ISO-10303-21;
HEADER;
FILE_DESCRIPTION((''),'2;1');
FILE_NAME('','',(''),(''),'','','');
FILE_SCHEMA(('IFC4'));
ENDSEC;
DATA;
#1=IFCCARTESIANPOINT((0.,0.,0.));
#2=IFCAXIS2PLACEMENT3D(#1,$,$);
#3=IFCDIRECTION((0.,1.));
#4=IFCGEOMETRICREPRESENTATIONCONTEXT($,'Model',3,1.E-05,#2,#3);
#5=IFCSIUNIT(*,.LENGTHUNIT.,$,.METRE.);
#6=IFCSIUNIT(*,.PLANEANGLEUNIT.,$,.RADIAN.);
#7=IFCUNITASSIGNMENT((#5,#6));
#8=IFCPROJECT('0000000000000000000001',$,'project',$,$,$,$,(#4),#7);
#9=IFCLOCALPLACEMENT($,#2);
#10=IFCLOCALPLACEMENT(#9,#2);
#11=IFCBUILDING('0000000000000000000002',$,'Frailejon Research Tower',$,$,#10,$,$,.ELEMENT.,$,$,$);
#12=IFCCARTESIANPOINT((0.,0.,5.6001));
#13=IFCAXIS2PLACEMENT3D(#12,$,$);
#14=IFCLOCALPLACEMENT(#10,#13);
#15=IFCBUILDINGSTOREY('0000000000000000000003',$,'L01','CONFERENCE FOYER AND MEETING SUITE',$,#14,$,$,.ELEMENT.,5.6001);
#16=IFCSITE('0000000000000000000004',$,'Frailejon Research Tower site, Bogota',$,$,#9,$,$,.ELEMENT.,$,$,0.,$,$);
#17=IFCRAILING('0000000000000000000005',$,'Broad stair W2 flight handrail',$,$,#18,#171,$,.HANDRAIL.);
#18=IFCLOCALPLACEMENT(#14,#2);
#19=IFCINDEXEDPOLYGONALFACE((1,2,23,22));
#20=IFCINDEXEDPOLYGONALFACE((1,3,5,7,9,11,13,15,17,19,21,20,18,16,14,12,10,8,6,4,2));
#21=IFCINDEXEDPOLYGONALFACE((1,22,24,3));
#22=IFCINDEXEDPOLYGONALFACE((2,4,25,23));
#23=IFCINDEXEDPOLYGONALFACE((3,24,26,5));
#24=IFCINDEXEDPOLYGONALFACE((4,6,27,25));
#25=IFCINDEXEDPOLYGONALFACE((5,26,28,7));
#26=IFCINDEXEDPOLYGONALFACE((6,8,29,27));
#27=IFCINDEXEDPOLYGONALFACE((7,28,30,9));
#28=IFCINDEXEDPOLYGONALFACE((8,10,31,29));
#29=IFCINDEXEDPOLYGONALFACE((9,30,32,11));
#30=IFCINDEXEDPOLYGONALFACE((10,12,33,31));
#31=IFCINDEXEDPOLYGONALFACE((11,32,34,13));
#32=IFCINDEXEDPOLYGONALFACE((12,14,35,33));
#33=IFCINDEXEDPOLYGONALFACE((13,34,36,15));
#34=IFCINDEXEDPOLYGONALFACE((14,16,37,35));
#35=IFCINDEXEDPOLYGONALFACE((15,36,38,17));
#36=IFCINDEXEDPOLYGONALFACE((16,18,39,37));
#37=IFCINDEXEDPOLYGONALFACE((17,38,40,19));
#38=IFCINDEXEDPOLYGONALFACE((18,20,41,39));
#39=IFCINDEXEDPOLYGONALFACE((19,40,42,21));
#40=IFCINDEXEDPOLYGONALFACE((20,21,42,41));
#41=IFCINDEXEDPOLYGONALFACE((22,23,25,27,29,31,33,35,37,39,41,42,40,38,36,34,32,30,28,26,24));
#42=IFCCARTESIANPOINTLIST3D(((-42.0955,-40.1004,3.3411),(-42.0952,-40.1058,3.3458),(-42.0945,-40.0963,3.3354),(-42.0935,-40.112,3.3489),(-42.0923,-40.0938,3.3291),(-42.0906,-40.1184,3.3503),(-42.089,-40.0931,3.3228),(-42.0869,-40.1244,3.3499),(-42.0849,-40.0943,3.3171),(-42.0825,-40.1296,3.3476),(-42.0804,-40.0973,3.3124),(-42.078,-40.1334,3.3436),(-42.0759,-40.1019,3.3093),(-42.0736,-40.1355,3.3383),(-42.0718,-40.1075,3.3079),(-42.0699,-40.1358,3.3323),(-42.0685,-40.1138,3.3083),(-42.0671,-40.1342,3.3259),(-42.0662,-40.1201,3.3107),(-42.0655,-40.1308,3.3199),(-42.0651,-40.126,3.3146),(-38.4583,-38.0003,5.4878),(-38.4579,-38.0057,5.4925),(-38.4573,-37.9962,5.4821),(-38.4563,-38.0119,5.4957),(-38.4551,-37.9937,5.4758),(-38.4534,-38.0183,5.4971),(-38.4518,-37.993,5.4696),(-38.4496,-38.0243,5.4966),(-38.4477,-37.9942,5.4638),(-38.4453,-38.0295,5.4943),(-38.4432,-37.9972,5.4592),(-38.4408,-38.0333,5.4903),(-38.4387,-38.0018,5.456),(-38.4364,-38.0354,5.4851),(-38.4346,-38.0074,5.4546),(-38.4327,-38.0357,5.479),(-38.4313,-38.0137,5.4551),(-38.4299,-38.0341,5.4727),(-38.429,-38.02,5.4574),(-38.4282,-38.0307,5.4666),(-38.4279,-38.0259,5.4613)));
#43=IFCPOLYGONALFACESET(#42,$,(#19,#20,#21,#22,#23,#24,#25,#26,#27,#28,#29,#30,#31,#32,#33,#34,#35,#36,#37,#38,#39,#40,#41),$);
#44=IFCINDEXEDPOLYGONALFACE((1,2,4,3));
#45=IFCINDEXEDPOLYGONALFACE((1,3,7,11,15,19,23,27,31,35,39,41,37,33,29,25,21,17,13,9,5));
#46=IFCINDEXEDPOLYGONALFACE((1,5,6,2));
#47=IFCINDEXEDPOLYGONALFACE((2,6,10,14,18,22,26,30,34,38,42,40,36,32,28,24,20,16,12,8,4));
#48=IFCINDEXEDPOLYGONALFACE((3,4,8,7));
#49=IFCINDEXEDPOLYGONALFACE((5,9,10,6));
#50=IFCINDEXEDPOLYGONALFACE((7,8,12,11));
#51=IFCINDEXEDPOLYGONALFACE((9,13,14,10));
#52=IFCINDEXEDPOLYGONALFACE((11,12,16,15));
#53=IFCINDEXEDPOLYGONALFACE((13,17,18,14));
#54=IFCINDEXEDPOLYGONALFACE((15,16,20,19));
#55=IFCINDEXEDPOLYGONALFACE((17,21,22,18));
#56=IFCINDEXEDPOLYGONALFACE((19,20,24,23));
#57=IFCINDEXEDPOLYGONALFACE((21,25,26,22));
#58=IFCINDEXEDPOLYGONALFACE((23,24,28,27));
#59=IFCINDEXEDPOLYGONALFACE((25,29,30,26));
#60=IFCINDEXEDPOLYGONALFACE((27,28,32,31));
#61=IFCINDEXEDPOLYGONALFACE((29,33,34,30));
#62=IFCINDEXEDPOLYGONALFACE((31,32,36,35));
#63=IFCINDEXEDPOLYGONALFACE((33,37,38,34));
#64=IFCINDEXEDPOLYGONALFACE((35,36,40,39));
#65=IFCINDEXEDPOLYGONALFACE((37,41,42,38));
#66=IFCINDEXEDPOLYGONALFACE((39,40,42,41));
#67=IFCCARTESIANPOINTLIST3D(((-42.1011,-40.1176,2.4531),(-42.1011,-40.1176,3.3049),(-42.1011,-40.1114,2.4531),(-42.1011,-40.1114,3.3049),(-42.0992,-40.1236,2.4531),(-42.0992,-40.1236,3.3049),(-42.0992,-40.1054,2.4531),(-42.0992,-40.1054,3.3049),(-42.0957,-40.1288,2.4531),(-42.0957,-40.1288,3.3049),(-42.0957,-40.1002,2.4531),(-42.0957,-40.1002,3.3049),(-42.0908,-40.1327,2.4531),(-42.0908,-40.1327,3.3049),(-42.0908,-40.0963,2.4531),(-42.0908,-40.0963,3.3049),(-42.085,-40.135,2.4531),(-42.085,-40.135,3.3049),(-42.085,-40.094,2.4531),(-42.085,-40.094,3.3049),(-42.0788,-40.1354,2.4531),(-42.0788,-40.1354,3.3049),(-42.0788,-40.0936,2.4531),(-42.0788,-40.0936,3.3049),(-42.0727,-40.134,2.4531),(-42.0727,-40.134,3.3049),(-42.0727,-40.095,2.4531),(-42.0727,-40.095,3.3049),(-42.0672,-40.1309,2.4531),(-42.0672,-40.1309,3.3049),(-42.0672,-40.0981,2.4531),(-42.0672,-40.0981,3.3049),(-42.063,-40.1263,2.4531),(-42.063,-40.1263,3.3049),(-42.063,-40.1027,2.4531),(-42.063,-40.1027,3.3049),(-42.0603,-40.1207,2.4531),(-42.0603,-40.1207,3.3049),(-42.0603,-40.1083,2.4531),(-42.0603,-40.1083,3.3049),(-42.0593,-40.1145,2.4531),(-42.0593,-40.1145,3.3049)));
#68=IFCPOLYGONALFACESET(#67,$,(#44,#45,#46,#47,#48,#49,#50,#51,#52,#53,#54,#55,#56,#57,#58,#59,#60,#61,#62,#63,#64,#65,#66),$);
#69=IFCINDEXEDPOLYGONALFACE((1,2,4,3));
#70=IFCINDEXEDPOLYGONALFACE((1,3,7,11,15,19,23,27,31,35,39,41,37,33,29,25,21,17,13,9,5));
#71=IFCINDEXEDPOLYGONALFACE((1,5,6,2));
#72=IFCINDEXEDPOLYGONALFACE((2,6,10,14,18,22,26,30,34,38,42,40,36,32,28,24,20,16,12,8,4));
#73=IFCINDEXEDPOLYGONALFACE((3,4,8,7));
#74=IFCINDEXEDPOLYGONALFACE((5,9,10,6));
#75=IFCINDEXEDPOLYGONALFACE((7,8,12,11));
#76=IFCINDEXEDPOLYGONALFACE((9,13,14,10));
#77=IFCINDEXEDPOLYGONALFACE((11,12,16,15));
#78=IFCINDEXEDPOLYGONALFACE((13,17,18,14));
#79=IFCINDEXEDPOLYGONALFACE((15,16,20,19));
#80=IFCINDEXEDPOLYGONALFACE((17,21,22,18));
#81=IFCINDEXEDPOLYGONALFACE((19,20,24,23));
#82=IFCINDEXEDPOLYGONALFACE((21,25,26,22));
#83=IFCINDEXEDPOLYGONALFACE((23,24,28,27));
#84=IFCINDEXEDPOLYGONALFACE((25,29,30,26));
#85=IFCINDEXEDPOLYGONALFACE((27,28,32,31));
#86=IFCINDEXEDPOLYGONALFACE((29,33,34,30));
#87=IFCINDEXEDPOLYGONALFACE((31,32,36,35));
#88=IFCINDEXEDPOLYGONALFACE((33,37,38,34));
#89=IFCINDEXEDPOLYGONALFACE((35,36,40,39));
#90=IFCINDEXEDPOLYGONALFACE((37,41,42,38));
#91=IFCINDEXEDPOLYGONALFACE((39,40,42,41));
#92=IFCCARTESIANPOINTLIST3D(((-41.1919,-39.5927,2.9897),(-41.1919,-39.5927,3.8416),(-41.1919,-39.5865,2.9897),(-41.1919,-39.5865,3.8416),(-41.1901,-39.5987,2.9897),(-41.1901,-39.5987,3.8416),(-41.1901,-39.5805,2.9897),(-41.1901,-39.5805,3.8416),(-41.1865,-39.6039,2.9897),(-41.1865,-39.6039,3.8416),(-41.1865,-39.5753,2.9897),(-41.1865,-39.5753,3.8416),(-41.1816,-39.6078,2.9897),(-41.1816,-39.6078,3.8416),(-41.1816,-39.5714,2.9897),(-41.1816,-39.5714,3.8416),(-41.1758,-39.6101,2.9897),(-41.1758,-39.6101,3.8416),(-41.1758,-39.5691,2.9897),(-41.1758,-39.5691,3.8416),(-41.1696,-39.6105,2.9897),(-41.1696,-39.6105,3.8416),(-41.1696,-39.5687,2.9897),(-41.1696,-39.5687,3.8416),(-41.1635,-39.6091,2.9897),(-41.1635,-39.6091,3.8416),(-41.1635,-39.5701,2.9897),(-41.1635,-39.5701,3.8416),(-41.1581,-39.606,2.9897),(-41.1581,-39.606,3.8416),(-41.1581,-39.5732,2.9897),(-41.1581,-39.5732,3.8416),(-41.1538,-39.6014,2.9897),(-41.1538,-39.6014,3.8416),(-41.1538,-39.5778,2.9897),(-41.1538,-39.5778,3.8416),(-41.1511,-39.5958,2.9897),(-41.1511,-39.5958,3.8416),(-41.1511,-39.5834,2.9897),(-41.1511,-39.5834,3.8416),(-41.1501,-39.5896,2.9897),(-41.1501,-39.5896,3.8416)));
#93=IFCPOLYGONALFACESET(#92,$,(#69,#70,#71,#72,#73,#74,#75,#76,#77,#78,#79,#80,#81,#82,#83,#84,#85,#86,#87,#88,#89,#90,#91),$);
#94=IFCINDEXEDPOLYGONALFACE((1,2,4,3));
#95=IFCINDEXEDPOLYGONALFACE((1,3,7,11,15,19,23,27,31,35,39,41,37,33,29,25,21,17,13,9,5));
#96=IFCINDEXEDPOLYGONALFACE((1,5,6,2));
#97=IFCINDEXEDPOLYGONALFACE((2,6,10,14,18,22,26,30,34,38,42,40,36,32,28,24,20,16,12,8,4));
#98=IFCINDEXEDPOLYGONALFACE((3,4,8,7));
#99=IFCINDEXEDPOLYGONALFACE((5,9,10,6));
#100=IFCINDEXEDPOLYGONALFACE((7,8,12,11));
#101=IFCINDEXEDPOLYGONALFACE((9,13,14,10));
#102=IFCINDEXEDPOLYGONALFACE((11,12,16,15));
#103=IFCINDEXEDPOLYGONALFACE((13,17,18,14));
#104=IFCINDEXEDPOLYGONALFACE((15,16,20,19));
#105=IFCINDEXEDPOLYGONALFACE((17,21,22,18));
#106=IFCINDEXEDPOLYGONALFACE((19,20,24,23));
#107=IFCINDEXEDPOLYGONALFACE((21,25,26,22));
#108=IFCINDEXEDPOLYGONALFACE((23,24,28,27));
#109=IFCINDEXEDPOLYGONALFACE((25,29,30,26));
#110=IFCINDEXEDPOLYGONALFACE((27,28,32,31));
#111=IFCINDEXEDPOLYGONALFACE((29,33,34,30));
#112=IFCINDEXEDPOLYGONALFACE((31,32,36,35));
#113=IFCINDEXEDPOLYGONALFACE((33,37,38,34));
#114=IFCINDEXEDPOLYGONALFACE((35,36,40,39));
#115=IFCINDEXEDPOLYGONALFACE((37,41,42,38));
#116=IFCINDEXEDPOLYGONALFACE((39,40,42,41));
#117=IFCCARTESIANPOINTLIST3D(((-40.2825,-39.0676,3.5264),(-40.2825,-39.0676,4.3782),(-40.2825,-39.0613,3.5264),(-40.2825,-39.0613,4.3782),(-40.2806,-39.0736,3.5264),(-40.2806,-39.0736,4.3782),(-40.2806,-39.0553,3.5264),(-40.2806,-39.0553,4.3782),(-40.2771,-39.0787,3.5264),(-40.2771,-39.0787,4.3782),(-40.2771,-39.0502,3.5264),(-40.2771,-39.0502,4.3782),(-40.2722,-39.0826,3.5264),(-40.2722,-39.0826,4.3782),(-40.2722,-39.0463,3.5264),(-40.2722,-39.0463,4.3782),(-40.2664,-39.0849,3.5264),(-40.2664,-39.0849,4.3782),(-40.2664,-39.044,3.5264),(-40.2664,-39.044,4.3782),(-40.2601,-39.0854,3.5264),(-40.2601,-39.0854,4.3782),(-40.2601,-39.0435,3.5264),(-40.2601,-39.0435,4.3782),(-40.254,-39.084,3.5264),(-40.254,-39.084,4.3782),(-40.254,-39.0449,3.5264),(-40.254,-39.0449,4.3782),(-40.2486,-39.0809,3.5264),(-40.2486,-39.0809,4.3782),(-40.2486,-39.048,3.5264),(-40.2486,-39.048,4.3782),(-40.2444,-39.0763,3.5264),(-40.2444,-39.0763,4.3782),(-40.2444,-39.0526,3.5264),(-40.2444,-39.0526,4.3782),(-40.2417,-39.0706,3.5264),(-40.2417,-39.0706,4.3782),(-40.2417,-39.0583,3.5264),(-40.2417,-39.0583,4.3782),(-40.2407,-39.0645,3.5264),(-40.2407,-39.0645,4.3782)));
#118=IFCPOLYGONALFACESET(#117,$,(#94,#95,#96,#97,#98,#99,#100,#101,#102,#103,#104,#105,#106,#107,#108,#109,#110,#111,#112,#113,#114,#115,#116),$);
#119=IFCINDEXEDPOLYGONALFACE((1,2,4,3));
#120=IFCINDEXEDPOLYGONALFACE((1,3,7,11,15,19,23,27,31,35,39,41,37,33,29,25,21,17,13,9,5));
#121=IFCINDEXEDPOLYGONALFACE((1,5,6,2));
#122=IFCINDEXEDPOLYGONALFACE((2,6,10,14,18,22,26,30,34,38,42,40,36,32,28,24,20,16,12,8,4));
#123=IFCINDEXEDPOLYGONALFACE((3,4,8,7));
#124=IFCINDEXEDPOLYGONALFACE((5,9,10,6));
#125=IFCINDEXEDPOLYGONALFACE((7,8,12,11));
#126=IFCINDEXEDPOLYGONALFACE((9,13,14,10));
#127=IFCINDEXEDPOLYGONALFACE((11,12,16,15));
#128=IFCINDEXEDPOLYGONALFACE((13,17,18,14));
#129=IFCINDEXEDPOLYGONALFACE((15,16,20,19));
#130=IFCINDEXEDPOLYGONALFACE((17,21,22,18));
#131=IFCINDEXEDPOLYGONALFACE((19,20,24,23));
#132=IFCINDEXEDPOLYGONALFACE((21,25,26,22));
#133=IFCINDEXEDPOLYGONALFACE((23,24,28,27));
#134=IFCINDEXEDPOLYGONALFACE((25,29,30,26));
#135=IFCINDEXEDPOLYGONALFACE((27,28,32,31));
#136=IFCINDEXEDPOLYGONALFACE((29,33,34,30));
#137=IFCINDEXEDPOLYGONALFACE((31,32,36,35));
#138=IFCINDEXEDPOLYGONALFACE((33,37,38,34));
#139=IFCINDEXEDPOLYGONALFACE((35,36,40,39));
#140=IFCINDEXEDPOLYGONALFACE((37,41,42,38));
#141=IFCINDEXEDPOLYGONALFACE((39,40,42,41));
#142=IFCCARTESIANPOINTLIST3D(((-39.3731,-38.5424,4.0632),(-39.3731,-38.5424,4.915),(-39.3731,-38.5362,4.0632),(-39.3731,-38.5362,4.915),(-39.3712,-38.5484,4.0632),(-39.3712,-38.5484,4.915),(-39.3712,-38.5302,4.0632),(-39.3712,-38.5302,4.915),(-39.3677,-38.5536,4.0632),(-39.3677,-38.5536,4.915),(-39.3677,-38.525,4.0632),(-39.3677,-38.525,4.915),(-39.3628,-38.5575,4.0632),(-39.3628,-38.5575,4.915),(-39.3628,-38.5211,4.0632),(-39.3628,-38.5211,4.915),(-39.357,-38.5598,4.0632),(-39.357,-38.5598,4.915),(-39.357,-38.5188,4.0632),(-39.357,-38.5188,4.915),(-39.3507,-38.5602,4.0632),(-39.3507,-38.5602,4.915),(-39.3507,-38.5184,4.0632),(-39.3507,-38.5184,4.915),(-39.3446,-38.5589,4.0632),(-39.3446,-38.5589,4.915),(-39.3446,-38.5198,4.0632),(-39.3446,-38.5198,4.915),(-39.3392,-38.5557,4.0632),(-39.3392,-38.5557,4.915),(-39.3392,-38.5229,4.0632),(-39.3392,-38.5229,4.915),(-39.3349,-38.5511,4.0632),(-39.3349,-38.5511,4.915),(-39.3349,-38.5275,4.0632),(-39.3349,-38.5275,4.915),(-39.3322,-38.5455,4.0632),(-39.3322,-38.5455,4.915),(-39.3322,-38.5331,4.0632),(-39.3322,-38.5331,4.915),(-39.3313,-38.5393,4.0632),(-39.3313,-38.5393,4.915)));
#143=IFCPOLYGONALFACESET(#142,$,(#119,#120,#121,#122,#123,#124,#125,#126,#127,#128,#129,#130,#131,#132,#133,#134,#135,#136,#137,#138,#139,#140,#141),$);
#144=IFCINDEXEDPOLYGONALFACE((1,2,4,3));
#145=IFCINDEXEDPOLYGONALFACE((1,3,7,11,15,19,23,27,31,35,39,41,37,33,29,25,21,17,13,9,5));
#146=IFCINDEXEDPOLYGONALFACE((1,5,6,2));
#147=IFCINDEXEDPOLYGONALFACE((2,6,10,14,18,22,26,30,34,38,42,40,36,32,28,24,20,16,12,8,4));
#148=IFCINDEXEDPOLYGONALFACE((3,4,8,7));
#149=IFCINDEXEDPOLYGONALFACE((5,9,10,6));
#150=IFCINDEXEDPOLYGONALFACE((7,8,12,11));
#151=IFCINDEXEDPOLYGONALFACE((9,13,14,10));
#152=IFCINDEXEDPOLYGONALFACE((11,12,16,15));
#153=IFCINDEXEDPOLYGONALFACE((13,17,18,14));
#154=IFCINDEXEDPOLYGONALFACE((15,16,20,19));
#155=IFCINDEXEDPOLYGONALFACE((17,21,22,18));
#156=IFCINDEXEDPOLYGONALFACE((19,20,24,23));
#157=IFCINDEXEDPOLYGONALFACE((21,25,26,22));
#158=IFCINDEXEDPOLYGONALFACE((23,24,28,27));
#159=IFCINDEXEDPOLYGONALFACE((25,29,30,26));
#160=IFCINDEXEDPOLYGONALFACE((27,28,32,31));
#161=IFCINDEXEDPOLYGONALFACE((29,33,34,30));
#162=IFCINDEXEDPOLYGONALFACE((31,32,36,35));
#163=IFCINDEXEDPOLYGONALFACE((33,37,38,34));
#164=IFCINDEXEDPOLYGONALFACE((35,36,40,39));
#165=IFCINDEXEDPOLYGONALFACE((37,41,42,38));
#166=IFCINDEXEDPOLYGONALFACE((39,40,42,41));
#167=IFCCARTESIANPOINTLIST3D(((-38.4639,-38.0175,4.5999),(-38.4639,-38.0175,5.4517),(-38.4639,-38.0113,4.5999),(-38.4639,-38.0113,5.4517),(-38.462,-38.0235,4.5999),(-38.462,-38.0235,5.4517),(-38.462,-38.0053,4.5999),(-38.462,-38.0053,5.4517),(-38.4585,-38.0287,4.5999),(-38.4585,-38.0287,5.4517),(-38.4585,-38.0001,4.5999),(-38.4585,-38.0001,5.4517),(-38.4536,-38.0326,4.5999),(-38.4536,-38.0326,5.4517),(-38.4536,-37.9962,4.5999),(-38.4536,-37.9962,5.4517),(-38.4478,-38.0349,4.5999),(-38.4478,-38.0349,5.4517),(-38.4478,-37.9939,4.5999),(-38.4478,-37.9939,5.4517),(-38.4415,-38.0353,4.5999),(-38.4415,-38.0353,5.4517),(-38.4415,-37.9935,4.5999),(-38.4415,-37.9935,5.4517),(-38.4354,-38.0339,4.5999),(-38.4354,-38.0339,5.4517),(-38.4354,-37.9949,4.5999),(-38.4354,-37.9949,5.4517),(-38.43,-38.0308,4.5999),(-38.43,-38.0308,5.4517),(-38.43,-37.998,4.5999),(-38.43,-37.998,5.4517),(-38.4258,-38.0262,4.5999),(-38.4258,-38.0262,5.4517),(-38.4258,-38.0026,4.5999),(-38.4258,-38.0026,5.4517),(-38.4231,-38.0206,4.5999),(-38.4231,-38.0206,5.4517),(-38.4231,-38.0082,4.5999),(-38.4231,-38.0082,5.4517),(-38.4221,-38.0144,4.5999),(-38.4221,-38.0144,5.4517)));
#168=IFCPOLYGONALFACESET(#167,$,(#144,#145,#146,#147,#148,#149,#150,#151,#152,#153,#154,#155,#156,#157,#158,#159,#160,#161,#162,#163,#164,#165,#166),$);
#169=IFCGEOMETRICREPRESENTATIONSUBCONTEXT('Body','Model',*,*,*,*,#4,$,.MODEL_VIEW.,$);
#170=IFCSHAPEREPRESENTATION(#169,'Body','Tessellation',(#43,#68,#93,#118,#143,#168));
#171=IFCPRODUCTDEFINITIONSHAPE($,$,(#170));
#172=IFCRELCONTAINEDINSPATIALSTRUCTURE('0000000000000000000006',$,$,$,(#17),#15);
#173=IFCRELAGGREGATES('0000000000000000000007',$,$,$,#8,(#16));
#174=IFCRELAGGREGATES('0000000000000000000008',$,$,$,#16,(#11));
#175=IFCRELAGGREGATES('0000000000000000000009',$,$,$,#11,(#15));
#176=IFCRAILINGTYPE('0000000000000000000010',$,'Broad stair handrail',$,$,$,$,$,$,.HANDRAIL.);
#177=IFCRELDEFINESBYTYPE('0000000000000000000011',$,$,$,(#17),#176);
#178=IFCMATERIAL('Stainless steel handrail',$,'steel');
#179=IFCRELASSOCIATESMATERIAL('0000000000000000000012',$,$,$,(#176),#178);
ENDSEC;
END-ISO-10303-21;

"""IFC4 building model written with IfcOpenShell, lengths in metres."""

from ifc_helpers import new_model, si_unit, direction, frame, origin, origin_2d, place, context, subcontext, project, spatial, circle, extrude, material, type_object, element, save


model = new_model("IFC4")

# Units and contexts
model_context = context("Model", 3, precision=1e-05, world=origin(), true_north=direction((0.0, 1.0)))
body_context = subcontext(model_context, "Body", "Model", "MODEL_VIEW")
ifc_project = project(units=[si_unit("LENGTHUNIT", "METRE"), si_unit("PLANEANGLEUNIT", "RADIAN")], contexts=[model_context])

# Site, building, storey
site_placement = place(None, origin())
site = spatial("IfcSite", under=ifc_project, at=site_placement, Name="Frailejon Research Tower site, Bogota", CompositionType="ELEMENT", RefElevation=0.0)
building_placement = place(site_placement, origin())
building = spatial("IfcBuilding", under=site, at=building_placement, Name="Frailejon Research Tower", CompositionType="ELEMENT")
storey_placement = place(building_placement, frame((0.0, 0.0, 5.6001)))
storey = spatial("IfcBuildingStorey", under=building, at=storey_placement, Name="L01", Description="CONFERENCE FOYER AND MEETING SUITE", CompositionType="ELEMENT", Elevation=5.6001)

# Railing
ifc_material_1 = material(Name="Stainless steel handrail", Category="steel")
railing_type_1 = type_object("IfcRailingType", Name="Broad stair handrail", PredefinedType="HANDRAIL", material=ifc_material_1)
for number, where, name in (
    (1, (-42.0803, -40.1145, 2.4531), "Broad stair W2 flight handrail"),
):
    element("IfcRailing", number, at=place(storey_placement, frame(where)), inside=storey, type_object=railing_type_1, Name=name, PredefinedType="HANDRAIL", context=body_context, shape_type="SweptSolid", body=[
        extrude(circle(Radius=0.0239, at=origin_2d()), frame((0.0, 0.0, 0.876), z_axis=(0.771119, 0.445239, 0.455125), x_axis=(-0.500028, 0.866009, 0.0)), (0.0, 0.0, 1.0), 4.7168),
        extrude(circle(Radius=0.021, at=origin_2d()), origin(), (0.0, 0.0, 1.0), 0.8518),
        extrude(circle(Radius=0.021, at=origin_2d()), frame((0.9092, 0.5249, 0.5366)), (0.0, 0.0, 1.0), 0.8518),
        extrude(circle(Radius=0.021, at=origin_2d()), frame((1.8186, 1.05, 1.0732)), (0.0, 0.0, 1.0), 0.8518),
        extrude(circle(Radius=0.021, at=origin_2d()), frame((2.728, 1.5752, 1.6101)), (0.0, 0.0, 1.0), 0.8518),
        extrude(circle(Radius=0.021, at=origin_2d()), frame((3.6372, 2.1001, 2.1467)), (0.0, 0.0, 1.0), 0.8518),
    ])

save(model, "model.ifc")
